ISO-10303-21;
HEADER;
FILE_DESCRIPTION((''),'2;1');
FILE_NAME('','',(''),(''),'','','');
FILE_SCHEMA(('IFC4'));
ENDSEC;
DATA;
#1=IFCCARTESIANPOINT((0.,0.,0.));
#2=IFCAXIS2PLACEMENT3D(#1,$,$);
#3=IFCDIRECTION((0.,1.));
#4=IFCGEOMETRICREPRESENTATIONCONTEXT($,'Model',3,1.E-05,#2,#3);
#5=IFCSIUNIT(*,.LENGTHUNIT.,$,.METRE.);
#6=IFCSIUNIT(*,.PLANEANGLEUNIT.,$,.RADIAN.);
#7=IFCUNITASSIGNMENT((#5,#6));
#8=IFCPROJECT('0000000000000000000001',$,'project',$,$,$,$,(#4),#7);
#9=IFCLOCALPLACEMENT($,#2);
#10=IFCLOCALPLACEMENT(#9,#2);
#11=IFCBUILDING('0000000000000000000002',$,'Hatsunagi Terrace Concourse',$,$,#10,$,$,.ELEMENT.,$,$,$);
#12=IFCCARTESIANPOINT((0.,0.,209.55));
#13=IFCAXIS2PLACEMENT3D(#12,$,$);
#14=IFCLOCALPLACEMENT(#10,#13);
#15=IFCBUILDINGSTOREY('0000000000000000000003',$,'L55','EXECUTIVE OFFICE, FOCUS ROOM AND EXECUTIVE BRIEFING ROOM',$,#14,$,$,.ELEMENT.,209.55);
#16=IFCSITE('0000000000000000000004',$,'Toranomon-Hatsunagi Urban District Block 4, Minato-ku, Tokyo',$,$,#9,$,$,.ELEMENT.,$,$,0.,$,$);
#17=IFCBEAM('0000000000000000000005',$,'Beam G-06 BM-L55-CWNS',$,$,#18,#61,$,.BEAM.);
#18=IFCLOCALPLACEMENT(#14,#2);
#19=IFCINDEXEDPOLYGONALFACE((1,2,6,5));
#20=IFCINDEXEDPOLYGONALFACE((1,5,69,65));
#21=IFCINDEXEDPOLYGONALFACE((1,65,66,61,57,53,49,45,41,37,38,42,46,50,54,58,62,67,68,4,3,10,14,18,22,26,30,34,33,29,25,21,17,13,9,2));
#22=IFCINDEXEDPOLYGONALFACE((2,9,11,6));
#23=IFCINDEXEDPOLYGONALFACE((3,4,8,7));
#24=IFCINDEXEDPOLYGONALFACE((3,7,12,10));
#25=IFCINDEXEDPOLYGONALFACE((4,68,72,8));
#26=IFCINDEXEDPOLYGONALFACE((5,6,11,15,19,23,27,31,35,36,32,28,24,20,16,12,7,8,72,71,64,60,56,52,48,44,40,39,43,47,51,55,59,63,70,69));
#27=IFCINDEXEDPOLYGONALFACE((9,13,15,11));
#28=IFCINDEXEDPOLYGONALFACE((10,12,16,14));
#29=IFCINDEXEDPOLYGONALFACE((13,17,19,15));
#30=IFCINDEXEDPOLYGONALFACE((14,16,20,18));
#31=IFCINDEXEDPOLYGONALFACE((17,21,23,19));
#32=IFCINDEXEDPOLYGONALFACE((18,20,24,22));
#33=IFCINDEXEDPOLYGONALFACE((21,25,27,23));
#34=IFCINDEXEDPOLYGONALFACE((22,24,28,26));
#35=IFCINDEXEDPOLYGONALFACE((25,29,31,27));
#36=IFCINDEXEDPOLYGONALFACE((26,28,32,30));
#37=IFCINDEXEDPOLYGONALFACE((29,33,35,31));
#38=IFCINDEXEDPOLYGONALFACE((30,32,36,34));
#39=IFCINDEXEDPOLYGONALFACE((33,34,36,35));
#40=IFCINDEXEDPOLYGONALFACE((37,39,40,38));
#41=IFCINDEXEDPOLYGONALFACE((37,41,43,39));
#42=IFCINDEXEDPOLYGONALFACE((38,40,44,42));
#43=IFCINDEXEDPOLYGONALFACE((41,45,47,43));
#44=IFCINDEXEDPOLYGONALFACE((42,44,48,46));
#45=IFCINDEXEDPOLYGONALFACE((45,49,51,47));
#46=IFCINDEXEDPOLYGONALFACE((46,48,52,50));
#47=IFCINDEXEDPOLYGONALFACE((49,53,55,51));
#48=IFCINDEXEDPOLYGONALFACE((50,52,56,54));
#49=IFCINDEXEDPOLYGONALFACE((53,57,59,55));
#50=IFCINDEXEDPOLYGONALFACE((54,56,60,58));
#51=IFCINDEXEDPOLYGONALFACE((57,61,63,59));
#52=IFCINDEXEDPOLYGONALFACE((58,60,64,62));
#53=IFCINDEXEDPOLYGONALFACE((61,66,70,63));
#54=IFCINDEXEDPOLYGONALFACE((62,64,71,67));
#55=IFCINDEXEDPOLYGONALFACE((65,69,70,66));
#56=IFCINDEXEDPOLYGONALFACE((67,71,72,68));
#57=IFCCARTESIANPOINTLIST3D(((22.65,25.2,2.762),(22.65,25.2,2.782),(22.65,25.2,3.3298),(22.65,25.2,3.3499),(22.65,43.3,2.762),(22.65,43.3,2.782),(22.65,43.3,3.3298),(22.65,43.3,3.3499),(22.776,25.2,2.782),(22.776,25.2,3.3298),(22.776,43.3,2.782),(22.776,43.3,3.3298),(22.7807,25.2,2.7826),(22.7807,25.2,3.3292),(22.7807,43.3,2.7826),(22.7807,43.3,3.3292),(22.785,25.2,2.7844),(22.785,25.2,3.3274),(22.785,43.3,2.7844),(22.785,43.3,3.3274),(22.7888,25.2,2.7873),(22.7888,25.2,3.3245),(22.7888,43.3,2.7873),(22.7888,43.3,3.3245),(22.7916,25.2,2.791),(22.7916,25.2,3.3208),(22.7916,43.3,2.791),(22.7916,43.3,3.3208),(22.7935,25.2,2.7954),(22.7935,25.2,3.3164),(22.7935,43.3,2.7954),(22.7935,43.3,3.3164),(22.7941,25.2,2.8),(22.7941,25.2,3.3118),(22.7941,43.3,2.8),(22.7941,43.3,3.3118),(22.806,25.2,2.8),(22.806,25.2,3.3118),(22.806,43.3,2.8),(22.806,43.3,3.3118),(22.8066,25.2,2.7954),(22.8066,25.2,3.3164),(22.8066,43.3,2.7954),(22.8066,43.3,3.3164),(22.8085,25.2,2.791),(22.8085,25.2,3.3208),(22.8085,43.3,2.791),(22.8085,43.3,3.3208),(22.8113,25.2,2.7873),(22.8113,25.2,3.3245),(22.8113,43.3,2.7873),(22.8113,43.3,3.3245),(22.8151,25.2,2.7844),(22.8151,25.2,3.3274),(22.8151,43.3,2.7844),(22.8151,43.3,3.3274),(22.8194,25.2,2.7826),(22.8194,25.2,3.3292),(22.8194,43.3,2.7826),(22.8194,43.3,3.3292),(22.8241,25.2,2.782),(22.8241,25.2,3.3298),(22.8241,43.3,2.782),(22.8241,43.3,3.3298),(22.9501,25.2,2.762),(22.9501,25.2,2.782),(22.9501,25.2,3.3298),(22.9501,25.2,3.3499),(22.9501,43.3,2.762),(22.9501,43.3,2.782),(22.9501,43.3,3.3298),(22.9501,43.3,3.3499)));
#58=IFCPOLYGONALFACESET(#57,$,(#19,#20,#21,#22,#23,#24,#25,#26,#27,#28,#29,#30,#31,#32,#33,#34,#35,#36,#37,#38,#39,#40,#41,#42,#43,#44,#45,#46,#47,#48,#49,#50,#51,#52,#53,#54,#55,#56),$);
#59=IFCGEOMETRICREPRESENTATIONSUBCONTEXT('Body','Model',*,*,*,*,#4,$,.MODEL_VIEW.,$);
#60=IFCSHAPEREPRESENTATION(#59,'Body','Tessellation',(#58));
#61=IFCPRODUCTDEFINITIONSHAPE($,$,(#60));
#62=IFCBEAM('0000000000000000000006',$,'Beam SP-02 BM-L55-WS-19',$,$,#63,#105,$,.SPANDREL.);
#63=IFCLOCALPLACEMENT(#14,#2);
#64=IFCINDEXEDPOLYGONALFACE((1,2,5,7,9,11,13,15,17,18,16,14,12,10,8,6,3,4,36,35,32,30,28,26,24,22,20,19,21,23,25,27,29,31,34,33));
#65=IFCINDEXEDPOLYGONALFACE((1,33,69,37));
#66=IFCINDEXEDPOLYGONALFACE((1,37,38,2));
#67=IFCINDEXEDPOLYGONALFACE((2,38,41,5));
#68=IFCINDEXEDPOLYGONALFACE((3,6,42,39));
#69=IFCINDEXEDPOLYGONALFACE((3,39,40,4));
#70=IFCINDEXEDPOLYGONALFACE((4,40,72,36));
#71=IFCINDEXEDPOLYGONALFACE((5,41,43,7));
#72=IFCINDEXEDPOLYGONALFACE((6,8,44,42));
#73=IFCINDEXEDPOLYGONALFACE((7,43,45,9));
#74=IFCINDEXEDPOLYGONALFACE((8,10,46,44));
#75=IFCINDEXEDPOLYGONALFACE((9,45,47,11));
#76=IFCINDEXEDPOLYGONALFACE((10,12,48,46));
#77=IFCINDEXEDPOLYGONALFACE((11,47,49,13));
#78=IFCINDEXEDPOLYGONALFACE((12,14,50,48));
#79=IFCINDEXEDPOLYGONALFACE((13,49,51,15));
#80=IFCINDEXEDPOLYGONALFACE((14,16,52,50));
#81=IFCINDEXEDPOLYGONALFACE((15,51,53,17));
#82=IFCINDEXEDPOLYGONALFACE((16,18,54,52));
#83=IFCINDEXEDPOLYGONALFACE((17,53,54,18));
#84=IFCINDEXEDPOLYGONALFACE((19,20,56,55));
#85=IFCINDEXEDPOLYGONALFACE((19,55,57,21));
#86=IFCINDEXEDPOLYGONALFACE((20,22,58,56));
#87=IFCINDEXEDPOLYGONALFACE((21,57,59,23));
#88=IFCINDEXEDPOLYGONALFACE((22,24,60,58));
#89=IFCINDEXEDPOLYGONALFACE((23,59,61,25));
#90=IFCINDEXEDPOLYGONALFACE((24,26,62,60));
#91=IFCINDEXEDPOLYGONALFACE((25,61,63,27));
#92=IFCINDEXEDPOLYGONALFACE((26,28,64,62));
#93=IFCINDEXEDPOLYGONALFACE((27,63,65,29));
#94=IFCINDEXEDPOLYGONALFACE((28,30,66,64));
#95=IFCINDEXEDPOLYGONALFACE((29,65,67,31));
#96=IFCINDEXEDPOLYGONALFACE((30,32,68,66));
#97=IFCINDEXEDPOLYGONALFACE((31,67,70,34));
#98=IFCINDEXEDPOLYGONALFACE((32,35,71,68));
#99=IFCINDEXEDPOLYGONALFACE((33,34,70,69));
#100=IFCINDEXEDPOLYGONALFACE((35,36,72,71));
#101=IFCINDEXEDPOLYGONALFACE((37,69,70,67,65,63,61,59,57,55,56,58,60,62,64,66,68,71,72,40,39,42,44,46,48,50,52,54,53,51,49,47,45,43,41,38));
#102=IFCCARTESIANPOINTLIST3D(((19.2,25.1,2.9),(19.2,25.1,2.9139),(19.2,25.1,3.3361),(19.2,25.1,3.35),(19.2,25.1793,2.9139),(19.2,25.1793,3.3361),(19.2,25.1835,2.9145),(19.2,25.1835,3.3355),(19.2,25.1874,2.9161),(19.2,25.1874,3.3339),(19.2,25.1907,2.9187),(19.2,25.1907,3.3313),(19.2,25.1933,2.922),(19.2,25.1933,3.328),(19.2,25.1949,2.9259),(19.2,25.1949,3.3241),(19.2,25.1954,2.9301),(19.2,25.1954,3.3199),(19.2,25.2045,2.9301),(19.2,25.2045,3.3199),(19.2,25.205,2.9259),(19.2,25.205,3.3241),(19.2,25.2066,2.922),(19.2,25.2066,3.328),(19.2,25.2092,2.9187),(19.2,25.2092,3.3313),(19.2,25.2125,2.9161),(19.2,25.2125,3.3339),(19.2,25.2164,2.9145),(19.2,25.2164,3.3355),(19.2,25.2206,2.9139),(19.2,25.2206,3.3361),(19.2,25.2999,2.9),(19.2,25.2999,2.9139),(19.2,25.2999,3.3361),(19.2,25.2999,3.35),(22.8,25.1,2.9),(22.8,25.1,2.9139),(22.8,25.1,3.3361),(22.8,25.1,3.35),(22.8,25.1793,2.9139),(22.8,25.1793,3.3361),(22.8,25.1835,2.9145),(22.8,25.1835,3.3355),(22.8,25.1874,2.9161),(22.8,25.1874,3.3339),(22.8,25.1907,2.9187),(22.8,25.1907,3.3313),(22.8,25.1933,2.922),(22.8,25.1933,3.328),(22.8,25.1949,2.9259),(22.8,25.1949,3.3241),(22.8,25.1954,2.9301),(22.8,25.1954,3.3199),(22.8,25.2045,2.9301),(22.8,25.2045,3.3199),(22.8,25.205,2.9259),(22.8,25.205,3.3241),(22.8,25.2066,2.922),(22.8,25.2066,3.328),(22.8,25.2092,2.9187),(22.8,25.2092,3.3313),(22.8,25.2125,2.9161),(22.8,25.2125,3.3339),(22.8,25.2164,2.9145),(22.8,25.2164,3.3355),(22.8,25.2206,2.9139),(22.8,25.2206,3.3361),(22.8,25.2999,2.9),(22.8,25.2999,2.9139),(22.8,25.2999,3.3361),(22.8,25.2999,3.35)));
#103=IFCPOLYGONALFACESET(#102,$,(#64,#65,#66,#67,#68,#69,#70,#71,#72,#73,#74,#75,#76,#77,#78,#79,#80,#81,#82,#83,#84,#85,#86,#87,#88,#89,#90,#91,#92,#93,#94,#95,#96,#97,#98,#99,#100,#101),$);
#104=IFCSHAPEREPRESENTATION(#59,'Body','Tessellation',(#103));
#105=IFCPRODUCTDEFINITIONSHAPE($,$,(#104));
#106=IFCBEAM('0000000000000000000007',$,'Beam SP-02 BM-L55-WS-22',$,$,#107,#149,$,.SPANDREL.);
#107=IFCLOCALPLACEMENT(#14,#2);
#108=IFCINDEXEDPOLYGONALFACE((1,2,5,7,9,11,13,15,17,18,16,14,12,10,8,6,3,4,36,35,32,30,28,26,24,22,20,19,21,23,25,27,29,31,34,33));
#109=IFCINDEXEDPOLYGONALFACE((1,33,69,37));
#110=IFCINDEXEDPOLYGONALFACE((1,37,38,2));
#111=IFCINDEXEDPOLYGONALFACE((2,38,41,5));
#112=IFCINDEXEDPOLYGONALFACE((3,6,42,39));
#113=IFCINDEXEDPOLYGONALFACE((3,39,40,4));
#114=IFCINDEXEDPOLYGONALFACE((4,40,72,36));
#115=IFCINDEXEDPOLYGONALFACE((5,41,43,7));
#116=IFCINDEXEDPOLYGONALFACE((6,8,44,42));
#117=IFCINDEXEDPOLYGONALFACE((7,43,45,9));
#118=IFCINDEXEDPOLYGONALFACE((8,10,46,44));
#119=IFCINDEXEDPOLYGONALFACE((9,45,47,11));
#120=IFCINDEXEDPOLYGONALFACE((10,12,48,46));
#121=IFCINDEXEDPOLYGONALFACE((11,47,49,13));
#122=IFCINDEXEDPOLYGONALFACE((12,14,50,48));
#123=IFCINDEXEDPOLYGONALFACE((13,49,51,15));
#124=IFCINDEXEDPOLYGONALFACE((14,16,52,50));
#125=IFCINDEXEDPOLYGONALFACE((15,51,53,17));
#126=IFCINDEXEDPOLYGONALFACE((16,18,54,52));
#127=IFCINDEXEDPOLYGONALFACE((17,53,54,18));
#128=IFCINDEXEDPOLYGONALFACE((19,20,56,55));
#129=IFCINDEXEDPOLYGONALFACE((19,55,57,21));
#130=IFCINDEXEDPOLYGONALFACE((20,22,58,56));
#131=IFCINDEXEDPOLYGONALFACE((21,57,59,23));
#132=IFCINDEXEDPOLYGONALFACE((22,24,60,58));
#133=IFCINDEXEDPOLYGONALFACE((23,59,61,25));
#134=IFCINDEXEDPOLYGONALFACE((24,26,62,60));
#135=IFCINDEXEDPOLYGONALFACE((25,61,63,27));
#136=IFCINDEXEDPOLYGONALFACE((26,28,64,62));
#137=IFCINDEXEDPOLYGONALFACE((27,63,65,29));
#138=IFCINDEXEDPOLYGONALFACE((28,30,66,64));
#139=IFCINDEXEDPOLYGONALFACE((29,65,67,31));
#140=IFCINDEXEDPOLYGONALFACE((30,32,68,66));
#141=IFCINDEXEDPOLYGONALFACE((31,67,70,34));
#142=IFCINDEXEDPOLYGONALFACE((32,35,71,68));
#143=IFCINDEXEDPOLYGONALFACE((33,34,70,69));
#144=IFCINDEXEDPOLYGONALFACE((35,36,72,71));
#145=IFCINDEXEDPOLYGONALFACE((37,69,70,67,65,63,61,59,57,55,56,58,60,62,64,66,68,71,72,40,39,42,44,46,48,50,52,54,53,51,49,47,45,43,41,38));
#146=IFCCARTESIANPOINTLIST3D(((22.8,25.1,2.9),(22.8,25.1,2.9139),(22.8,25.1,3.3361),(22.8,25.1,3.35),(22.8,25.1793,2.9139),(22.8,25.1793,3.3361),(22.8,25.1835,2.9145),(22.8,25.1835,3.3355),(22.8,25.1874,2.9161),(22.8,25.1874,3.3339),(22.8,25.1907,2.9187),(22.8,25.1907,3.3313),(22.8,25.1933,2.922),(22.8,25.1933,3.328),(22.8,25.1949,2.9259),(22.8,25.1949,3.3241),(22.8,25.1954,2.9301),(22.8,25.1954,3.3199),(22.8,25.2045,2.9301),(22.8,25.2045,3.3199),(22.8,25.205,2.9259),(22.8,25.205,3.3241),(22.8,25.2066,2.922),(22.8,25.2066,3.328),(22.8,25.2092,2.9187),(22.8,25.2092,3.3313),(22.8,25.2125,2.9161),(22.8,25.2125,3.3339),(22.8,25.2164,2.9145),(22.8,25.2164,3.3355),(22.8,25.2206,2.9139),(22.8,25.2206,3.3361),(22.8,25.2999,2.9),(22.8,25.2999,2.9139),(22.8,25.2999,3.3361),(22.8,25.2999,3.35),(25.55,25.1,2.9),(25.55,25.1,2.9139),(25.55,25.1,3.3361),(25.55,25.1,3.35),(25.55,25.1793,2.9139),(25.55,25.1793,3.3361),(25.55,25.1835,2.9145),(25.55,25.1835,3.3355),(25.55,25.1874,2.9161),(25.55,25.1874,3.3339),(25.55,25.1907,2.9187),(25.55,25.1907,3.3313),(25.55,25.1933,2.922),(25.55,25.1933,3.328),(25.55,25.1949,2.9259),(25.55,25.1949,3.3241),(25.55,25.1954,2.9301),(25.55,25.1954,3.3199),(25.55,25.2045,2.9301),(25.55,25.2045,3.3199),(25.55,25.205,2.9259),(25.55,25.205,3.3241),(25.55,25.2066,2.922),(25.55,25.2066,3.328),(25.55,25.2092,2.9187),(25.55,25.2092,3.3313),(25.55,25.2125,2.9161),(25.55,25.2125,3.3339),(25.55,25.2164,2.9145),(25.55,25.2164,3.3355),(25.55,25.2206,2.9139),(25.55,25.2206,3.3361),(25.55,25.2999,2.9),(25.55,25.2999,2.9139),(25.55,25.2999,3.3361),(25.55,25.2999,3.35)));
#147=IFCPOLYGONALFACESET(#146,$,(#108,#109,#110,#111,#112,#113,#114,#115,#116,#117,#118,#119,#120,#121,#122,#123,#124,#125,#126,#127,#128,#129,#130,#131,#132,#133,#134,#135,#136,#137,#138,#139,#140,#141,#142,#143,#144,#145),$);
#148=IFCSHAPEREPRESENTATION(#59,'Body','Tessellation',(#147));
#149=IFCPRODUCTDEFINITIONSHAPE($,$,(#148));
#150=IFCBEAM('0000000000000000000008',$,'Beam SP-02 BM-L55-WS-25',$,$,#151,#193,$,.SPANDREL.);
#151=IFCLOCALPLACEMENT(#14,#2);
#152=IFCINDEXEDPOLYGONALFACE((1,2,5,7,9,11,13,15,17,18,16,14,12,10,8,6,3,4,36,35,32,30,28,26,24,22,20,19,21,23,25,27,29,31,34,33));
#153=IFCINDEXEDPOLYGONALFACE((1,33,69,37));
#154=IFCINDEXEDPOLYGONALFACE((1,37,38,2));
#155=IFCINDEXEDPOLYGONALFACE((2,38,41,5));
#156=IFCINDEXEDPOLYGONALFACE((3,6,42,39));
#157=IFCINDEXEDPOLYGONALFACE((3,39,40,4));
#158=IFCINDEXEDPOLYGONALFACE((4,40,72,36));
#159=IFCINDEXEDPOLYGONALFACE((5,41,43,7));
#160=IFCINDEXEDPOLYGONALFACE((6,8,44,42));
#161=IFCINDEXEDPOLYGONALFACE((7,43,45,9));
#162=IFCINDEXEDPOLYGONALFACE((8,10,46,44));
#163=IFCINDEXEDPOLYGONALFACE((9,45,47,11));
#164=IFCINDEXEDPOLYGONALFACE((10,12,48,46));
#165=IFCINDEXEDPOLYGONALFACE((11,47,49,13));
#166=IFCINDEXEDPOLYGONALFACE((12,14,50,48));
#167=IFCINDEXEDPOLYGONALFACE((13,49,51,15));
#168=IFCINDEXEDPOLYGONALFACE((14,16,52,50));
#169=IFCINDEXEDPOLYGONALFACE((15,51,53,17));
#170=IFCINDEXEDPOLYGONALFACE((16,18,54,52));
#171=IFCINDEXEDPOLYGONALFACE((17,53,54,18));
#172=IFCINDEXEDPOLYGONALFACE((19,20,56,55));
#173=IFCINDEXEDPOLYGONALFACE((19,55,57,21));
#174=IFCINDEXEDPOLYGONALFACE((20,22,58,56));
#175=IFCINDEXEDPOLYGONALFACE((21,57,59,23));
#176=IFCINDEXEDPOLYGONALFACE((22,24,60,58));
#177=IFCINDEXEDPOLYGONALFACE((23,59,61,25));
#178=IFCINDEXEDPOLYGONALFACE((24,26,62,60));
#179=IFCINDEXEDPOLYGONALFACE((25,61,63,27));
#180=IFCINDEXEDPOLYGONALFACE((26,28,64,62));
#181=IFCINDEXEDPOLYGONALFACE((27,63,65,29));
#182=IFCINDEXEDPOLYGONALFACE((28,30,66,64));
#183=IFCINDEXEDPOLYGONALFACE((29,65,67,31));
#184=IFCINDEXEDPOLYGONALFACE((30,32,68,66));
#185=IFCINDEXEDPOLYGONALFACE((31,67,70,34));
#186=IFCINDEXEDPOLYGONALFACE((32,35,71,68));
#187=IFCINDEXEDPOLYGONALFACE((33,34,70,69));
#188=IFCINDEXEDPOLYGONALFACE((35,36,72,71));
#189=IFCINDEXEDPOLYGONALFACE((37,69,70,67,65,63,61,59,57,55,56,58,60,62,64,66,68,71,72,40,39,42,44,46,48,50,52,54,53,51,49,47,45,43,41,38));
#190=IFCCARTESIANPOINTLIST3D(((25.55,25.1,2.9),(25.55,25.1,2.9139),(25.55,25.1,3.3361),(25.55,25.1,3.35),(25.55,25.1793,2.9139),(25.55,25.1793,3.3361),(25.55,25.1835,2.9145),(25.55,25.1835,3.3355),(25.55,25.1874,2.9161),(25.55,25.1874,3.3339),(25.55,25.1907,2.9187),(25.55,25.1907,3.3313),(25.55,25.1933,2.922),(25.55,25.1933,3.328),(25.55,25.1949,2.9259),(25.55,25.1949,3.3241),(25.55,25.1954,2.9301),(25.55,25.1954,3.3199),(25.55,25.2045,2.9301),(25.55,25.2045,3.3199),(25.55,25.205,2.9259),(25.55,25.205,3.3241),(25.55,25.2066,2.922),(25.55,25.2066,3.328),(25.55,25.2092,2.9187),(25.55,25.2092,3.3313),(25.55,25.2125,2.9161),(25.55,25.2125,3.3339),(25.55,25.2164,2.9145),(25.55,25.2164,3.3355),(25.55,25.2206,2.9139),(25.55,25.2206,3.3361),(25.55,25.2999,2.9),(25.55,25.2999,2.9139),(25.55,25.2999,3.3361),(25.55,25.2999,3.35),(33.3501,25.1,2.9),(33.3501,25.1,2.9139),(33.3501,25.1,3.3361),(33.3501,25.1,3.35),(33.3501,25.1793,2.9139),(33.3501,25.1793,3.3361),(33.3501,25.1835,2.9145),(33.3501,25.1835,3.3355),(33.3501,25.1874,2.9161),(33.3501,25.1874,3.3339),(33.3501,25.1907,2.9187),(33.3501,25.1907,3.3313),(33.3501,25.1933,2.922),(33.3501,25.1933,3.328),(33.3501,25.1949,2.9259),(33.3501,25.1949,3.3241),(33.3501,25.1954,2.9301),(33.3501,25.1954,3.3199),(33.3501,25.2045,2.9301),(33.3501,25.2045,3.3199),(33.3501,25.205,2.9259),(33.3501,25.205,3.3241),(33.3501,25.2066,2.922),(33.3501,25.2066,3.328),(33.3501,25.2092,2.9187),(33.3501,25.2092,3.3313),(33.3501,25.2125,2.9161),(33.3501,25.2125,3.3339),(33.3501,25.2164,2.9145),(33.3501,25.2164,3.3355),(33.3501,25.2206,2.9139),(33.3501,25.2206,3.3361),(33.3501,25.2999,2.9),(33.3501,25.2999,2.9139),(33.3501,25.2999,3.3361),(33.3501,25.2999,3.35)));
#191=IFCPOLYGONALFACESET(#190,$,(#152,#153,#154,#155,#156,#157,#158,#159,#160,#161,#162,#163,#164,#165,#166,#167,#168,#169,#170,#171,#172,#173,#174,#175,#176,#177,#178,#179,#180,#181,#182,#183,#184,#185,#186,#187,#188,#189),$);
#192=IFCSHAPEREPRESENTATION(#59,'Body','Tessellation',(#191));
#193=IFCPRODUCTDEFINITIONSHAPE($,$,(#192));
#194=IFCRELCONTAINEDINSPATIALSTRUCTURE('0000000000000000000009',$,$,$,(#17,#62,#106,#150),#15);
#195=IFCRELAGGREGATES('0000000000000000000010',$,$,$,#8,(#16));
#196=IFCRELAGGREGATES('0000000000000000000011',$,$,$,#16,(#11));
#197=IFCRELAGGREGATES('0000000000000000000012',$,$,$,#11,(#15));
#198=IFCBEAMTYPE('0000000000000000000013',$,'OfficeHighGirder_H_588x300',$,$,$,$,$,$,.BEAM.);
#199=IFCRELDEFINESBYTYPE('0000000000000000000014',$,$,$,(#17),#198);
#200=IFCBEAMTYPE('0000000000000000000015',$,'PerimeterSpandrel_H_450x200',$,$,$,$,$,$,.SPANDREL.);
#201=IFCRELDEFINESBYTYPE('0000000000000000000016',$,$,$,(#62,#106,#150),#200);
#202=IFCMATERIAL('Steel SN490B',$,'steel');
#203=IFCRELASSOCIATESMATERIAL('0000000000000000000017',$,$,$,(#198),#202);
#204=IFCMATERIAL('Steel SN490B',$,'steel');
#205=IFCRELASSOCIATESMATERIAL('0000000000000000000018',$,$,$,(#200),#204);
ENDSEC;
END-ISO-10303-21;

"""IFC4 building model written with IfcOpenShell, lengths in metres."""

from ifc_helpers import new_model, si_unit, direction, frame, origin, origin_2d, place, context, subcontext, project, spatial, i_section, extrude, material, material_profile, profile_set, type_object, element, save


model = new_model("IFC4")

# Units and contexts
model_context = context("Model", 3, precision=1e-05, world=origin(), true_north=direction((0.0, 1.0)))
body_context = subcontext(model_context, "Body", "Model", "MODEL_VIEW")
ifc_project = project(units=[si_unit("LENGTHUNIT", "METRE"), si_unit("PLANEANGLEUNIT", "RADIAN")], contexts=[model_context])

# Site, building, storey
site_placement = place(None, origin())
site = spatial("IfcSite", under=ifc_project, at=site_placement, Name="Toranomon-Hatsunagi Urban District Block 4, Minato-ku, Tokyo", CompositionType="ELEMENT", RefElevation=0.0)
building_placement = place(site_placement, origin())
building = spatial("IfcBuilding", under=site, at=building_placement, Name="Hatsunagi Terrace Concourse", CompositionType="ELEMENT")
storey_placement = place(building_placement, frame((0.0, 0.0, 209.55)))
storey = spatial("IfcBuildingStorey", under=building, at=storey_placement, Name="L55", Description="EXECUTIVE OFFICE, FOCUS ROOM AND EXECUTIVE BRIEFING ROOM", CompositionType="ELEMENT", Elevation=209.55)

# Beams
ifc_material_1 = material(Name="Steel SN490B", Category="steel")
ifc_material_profile_1 = material_profile(ifc_material_1, i_section(OverallWidth=0.3, OverallDepth=0.5879, WebThickness=0.012, FlangeThickness=0.02, FilletRadius=0.0181, at=origin_2d()), Name="H-588x300x12x20")
ifc_profile_set_1 = profile_set([ifc_material_profile_1], Name="Steel SN490B")
beam_type_1 = type_object("IfcBeamType", Name="OfficeHighGirder_H_588x300", PredefinedType="BEAM", material=ifc_profile_set_1)
beam_1_placement = place(storey_placement, frame((22.8, 25.2, 3.0559), z_axis=(0.0, 1.0, 0.0), x_axis=(-1.0, 0.0, 0.0)))
element("IfcBeam", 1, at=beam_1_placement, inside=storey, type_object=beam_type_1, Name="Beam G-06 BM-L55-CWNS", PredefinedType="BEAM", context=body_context, shape_type="SweptSolid", body=[
    extrude(i_section(OverallWidth=0.3, OverallDepth=0.5879, WebThickness=0.012, FlangeThickness=0.02, FilletRadius=0.0181, at=origin_2d()), origin(), (0.0, 0.0, 1.0), 18.1001),
])
ifc_material_2 = material(Name="Steel SN490B", Category="steel")
ifc_material_profile_2 = material_profile(ifc_material_2, i_section(OverallWidth=0.2, OverallDepth=0.45, WebThickness=0.009, FlangeThickness=0.0139, FilletRadius=0.0161, at=origin_2d()), Name="H-450x200x9x14")
ifc_profile_set_2 = profile_set([ifc_material_profile_2], Name="Steel SN490B")
beam_type_2 = type_object("IfcBeamType", Name="PerimeterSpandrel_H_450x200", PredefinedType="SPANDREL", material=ifc_profile_set_2)
beam_2_placement = place(storey_placement, frame((19.2, 25.2, 3.125), z_axis=(1.0, 0.0, 0.0), x_axis=(0.0, 1.0, 0.0)))
element("IfcBeam", 2, at=beam_2_placement, inside=storey, type_object=beam_type_2, Name="Beam SP-02 BM-L55-WS-19", PredefinedType="SPANDREL", context=body_context, shape_type="SweptSolid", body=[
    extrude(i_section(OverallWidth=0.2, OverallDepth=0.45, WebThickness=0.009, FlangeThickness=0.0139, FilletRadius=0.0161, at=origin_2d()), origin(), (0.0, 0.0, 1.0), 3.6001),
])
beam_3_placement = place(storey_placement, frame((22.8, 25.2, 3.125), z_axis=(1.0, 0.0, 0.0), x_axis=(0.0, 1.0, 0.0)))
element("IfcBeam", 3, at=beam_3_placement, inside=storey, type_object=beam_type_2, Name="Beam SP-02 BM-L55-WS-22", PredefinedType="SPANDREL", context=body_context, shape_type="SweptSolid", body=[
    extrude(i_section(OverallWidth=0.2, OverallDepth=0.45, WebThickness=0.009, FlangeThickness=0.0139, FilletRadius=0.0161, at=origin_2d()), origin(), (0.0, 0.0, 1.0), 2.75),
])
beam_4_placement = place(storey_placement, frame((25.55, 25.2, 3.125), z_axis=(1.0, 0.0, 0.0), x_axis=(0.0, 1.0, 0.0)))
element("IfcBeam", 4, at=beam_4_placement, inside=storey, type_object=beam_type_2, Name="Beam SP-02 BM-L55-WS-25", PredefinedType="SPANDREL", context=body_context, shape_type="SweptSolid", body=[
    extrude(i_section(OverallWidth=0.2, OverallDepth=0.45, WebThickness=0.009, FlangeThickness=0.0139, FilletRadius=0.0161, at=origin_2d()), origin(), (0.0, 0.0, 1.0), 7.8),
])

save(model, "model.ifc")
